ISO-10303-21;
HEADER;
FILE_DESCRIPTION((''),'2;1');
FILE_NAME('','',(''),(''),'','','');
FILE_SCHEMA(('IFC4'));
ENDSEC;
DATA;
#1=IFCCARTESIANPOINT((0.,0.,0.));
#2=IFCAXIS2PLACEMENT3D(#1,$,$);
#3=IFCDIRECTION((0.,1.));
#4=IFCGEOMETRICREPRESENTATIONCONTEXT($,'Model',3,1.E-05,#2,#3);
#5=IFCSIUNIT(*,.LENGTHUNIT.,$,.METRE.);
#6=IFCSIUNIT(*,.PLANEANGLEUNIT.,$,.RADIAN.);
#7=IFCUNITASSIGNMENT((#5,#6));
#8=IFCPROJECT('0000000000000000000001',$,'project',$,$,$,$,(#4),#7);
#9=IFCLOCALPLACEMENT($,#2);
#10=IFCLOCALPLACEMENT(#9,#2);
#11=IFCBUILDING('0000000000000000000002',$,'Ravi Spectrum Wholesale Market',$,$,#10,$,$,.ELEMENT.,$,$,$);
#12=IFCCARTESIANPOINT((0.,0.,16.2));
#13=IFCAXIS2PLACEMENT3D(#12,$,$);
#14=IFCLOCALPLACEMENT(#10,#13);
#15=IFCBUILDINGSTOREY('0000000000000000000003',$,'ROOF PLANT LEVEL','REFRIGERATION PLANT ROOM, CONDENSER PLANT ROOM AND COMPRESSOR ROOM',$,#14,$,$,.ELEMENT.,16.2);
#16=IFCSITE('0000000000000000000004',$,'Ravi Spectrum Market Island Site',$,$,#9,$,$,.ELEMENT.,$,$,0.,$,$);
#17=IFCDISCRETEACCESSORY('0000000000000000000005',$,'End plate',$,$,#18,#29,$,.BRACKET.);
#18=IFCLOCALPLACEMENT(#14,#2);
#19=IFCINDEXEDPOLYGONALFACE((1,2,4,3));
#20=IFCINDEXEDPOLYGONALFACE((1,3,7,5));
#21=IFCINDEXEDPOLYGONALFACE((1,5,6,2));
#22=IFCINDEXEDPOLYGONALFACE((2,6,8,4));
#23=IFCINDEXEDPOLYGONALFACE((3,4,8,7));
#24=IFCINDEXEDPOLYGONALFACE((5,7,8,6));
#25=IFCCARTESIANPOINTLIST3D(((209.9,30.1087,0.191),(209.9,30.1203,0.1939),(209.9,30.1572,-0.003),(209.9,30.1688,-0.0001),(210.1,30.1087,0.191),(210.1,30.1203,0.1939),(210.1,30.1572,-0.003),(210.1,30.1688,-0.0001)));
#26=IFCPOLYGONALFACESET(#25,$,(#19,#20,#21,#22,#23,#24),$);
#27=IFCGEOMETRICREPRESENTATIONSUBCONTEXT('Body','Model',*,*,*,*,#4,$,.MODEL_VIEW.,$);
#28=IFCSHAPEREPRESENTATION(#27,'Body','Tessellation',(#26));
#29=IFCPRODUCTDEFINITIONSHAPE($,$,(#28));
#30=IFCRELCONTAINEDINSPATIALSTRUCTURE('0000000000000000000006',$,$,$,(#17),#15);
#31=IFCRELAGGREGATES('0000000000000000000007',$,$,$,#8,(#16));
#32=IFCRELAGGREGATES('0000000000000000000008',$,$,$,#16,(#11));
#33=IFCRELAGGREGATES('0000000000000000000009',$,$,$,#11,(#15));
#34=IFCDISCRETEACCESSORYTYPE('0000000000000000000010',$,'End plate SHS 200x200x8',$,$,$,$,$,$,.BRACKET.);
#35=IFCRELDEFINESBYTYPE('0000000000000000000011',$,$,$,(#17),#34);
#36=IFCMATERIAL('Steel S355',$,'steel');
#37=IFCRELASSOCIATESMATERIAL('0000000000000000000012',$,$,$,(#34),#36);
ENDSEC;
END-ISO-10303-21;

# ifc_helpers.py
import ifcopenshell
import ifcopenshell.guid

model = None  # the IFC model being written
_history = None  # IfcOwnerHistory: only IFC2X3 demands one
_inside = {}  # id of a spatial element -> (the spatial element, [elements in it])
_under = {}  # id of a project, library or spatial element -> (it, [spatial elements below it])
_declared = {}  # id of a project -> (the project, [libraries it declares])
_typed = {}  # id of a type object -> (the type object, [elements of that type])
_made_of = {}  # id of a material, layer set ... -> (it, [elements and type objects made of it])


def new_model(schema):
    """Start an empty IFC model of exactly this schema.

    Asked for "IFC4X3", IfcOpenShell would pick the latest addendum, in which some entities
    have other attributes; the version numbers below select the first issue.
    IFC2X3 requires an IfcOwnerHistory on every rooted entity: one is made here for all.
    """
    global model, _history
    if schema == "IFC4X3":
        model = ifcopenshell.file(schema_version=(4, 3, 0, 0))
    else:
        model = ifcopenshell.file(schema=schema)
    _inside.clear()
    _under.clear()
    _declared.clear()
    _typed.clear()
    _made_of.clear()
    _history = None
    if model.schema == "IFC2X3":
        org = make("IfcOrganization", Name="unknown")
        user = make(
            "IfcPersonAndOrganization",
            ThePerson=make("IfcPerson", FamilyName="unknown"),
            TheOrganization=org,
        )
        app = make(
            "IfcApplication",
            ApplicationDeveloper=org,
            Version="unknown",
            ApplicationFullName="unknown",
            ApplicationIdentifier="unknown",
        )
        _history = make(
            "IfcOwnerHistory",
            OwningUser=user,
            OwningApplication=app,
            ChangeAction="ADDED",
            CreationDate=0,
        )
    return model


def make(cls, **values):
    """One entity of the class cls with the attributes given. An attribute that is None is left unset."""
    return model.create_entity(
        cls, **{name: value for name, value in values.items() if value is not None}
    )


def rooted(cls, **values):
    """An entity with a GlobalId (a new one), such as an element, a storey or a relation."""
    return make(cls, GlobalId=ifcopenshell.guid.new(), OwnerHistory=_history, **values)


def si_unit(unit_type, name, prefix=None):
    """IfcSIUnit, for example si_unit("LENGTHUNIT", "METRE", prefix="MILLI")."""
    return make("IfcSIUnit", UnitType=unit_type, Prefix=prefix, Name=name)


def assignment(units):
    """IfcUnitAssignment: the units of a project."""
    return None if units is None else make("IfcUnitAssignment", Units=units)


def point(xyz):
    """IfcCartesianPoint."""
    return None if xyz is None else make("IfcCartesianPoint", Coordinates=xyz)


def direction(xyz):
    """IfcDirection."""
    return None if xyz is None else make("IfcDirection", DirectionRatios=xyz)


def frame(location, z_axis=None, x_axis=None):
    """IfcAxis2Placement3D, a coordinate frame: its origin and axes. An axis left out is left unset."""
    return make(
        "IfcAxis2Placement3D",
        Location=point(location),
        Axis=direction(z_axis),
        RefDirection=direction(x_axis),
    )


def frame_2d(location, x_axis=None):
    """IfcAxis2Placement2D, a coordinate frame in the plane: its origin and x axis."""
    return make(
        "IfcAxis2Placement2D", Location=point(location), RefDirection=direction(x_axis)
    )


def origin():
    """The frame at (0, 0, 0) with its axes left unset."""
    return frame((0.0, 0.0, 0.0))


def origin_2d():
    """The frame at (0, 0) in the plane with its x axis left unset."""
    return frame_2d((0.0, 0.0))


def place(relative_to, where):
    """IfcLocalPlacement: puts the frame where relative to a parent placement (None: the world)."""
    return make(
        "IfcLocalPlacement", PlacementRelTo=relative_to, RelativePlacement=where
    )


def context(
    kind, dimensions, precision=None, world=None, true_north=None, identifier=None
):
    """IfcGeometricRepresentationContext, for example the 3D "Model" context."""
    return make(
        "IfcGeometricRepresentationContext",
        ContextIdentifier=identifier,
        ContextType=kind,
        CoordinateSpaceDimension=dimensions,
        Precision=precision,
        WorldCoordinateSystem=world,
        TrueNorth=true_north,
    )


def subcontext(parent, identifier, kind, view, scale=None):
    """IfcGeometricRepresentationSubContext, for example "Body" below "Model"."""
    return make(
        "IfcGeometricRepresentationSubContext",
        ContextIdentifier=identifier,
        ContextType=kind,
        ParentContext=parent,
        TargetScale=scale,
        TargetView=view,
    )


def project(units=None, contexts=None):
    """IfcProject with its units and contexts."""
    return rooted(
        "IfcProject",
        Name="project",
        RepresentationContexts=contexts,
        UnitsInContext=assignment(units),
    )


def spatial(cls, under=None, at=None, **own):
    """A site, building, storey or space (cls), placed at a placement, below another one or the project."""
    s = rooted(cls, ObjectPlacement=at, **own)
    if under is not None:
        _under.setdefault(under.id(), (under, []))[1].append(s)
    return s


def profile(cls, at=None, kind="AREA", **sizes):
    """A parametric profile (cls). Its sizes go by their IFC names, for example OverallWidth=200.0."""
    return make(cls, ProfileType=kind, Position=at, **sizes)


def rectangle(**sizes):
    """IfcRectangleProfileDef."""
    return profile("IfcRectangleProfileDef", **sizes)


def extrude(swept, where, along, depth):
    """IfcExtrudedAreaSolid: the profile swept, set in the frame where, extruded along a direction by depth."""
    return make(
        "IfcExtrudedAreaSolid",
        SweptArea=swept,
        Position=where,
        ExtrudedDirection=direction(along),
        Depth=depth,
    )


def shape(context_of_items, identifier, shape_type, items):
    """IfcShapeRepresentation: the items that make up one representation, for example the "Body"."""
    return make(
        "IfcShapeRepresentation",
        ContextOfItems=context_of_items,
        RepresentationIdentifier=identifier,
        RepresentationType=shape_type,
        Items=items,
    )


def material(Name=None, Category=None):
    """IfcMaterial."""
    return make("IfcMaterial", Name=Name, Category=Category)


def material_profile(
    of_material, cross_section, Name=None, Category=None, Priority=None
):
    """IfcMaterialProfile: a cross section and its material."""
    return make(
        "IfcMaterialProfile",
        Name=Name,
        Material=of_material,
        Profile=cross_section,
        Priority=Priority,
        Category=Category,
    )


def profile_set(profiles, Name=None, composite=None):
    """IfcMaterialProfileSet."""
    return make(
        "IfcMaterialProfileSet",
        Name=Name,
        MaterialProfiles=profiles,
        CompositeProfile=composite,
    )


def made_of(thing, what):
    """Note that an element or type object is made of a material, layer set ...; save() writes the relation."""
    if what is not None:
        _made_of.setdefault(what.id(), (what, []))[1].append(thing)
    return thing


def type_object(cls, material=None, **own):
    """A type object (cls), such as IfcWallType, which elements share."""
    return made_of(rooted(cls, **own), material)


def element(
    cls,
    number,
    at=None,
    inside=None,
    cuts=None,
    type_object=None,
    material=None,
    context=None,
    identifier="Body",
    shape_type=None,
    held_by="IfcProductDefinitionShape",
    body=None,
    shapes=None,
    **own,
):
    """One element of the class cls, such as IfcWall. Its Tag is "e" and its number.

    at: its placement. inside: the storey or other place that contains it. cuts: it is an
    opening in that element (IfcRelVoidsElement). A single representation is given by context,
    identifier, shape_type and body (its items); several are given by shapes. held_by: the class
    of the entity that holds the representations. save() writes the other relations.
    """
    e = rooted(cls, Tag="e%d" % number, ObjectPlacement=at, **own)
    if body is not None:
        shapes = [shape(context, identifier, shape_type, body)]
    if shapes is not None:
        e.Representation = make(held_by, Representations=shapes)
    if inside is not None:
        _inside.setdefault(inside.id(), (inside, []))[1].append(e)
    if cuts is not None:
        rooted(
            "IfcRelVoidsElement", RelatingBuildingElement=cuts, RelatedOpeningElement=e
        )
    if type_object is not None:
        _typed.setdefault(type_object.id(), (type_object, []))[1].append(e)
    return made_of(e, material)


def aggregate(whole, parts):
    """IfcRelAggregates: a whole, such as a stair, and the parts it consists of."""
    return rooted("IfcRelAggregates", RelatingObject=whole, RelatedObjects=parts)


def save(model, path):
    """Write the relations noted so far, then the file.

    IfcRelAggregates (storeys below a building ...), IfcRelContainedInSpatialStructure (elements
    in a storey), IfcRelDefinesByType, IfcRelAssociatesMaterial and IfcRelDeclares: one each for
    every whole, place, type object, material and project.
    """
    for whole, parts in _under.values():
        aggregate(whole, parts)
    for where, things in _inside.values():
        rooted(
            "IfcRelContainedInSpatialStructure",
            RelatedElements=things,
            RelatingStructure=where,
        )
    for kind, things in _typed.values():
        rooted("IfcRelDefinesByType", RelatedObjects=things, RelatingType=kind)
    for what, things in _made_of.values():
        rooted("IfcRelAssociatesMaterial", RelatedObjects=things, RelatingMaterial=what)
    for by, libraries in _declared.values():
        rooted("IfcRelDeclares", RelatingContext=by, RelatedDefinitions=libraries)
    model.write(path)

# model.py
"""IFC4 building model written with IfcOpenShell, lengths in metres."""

from ifc_helpers import new_model, si_unit, direction, frame, origin, origin_2d, place, context, subcontext, project, spatial, rectangle, extrude, material, material_profile, profile_set, type_object, element, save


model = new_model("IFC4")

# Units and contexts
model_context = context("Model", 3, precision=1e-05, world=origin(), true_north=direction((0.0, 1.0)))
body_context = subcontext(model_context, "Body", "Model", "MODEL_VIEW")
ifc_project = project(units=[si_unit("LENGTHUNIT", "METRE"), si_unit("PLANEANGLEUNIT", "RADIAN")], contexts=[model_context])

# Site, building, storey
site_placement = place(None, origin())
site = spatial("IfcSite", under=ifc_project, at=site_placement, Name="Ravi Spectrum Market Island Site", CompositionType="ELEMENT", RefElevation=0.0)
building_placement = place(site_placement, origin())
building = spatial("IfcBuilding", under=site, at=building_placement, Name="Ravi Spectrum Wholesale Market", CompositionType="ELEMENT")
storey_placement = place(building_placement, frame((0.0, 0.0, 16.2)))
storey = spatial("IfcBuildingStorey", under=building, at=storey_placement, Name="ROOF PLANT LEVEL", Description="REFRIGERATION PLANT ROOM, CONDENSER PLANT ROOM AND COMPRESSOR ROOM", CompositionType="ELEMENT", Elevation=16.2)

# Discrete accessory
ifc_material_1 = material(Name="Steel S355", Category="steel")
ifc_material_profile_1 = material_profile(ifc_material_1, rectangle(XDim=0.2, YDim=0.2, at=origin_2d()))
ifc_profile_set_1 = profile_set([ifc_material_profile_1], Name="Steel S355")
discrete_accessory_type = type_object("IfcDiscreteAccessoryType", Name="End plate SHS 200x200x8", PredefinedType="BRACKET", material=ifc_profile_set_1)
discrete_accessory_placement = place(storey_placement, frame((210.0, 30.1445, 0.0969), z_axis=(0.0, -0.970143, -0.242536), x_axis=(1.0, 0.0, 0.0)))
element("IfcDiscreteAccessory", 1, at=discrete_accessory_placement, inside=storey, type_object=discrete_accessory_type, Name="End plate", PredefinedType="BRACKET", context=body_context, shape_type="SweptSolid", body=[
    extrude(rectangle(XDim=0.2, YDim=0.2, at=origin_2d()), origin(), (0.0, 0.0, 1.0), 0.012),
])

save(model, "model.ifc")
